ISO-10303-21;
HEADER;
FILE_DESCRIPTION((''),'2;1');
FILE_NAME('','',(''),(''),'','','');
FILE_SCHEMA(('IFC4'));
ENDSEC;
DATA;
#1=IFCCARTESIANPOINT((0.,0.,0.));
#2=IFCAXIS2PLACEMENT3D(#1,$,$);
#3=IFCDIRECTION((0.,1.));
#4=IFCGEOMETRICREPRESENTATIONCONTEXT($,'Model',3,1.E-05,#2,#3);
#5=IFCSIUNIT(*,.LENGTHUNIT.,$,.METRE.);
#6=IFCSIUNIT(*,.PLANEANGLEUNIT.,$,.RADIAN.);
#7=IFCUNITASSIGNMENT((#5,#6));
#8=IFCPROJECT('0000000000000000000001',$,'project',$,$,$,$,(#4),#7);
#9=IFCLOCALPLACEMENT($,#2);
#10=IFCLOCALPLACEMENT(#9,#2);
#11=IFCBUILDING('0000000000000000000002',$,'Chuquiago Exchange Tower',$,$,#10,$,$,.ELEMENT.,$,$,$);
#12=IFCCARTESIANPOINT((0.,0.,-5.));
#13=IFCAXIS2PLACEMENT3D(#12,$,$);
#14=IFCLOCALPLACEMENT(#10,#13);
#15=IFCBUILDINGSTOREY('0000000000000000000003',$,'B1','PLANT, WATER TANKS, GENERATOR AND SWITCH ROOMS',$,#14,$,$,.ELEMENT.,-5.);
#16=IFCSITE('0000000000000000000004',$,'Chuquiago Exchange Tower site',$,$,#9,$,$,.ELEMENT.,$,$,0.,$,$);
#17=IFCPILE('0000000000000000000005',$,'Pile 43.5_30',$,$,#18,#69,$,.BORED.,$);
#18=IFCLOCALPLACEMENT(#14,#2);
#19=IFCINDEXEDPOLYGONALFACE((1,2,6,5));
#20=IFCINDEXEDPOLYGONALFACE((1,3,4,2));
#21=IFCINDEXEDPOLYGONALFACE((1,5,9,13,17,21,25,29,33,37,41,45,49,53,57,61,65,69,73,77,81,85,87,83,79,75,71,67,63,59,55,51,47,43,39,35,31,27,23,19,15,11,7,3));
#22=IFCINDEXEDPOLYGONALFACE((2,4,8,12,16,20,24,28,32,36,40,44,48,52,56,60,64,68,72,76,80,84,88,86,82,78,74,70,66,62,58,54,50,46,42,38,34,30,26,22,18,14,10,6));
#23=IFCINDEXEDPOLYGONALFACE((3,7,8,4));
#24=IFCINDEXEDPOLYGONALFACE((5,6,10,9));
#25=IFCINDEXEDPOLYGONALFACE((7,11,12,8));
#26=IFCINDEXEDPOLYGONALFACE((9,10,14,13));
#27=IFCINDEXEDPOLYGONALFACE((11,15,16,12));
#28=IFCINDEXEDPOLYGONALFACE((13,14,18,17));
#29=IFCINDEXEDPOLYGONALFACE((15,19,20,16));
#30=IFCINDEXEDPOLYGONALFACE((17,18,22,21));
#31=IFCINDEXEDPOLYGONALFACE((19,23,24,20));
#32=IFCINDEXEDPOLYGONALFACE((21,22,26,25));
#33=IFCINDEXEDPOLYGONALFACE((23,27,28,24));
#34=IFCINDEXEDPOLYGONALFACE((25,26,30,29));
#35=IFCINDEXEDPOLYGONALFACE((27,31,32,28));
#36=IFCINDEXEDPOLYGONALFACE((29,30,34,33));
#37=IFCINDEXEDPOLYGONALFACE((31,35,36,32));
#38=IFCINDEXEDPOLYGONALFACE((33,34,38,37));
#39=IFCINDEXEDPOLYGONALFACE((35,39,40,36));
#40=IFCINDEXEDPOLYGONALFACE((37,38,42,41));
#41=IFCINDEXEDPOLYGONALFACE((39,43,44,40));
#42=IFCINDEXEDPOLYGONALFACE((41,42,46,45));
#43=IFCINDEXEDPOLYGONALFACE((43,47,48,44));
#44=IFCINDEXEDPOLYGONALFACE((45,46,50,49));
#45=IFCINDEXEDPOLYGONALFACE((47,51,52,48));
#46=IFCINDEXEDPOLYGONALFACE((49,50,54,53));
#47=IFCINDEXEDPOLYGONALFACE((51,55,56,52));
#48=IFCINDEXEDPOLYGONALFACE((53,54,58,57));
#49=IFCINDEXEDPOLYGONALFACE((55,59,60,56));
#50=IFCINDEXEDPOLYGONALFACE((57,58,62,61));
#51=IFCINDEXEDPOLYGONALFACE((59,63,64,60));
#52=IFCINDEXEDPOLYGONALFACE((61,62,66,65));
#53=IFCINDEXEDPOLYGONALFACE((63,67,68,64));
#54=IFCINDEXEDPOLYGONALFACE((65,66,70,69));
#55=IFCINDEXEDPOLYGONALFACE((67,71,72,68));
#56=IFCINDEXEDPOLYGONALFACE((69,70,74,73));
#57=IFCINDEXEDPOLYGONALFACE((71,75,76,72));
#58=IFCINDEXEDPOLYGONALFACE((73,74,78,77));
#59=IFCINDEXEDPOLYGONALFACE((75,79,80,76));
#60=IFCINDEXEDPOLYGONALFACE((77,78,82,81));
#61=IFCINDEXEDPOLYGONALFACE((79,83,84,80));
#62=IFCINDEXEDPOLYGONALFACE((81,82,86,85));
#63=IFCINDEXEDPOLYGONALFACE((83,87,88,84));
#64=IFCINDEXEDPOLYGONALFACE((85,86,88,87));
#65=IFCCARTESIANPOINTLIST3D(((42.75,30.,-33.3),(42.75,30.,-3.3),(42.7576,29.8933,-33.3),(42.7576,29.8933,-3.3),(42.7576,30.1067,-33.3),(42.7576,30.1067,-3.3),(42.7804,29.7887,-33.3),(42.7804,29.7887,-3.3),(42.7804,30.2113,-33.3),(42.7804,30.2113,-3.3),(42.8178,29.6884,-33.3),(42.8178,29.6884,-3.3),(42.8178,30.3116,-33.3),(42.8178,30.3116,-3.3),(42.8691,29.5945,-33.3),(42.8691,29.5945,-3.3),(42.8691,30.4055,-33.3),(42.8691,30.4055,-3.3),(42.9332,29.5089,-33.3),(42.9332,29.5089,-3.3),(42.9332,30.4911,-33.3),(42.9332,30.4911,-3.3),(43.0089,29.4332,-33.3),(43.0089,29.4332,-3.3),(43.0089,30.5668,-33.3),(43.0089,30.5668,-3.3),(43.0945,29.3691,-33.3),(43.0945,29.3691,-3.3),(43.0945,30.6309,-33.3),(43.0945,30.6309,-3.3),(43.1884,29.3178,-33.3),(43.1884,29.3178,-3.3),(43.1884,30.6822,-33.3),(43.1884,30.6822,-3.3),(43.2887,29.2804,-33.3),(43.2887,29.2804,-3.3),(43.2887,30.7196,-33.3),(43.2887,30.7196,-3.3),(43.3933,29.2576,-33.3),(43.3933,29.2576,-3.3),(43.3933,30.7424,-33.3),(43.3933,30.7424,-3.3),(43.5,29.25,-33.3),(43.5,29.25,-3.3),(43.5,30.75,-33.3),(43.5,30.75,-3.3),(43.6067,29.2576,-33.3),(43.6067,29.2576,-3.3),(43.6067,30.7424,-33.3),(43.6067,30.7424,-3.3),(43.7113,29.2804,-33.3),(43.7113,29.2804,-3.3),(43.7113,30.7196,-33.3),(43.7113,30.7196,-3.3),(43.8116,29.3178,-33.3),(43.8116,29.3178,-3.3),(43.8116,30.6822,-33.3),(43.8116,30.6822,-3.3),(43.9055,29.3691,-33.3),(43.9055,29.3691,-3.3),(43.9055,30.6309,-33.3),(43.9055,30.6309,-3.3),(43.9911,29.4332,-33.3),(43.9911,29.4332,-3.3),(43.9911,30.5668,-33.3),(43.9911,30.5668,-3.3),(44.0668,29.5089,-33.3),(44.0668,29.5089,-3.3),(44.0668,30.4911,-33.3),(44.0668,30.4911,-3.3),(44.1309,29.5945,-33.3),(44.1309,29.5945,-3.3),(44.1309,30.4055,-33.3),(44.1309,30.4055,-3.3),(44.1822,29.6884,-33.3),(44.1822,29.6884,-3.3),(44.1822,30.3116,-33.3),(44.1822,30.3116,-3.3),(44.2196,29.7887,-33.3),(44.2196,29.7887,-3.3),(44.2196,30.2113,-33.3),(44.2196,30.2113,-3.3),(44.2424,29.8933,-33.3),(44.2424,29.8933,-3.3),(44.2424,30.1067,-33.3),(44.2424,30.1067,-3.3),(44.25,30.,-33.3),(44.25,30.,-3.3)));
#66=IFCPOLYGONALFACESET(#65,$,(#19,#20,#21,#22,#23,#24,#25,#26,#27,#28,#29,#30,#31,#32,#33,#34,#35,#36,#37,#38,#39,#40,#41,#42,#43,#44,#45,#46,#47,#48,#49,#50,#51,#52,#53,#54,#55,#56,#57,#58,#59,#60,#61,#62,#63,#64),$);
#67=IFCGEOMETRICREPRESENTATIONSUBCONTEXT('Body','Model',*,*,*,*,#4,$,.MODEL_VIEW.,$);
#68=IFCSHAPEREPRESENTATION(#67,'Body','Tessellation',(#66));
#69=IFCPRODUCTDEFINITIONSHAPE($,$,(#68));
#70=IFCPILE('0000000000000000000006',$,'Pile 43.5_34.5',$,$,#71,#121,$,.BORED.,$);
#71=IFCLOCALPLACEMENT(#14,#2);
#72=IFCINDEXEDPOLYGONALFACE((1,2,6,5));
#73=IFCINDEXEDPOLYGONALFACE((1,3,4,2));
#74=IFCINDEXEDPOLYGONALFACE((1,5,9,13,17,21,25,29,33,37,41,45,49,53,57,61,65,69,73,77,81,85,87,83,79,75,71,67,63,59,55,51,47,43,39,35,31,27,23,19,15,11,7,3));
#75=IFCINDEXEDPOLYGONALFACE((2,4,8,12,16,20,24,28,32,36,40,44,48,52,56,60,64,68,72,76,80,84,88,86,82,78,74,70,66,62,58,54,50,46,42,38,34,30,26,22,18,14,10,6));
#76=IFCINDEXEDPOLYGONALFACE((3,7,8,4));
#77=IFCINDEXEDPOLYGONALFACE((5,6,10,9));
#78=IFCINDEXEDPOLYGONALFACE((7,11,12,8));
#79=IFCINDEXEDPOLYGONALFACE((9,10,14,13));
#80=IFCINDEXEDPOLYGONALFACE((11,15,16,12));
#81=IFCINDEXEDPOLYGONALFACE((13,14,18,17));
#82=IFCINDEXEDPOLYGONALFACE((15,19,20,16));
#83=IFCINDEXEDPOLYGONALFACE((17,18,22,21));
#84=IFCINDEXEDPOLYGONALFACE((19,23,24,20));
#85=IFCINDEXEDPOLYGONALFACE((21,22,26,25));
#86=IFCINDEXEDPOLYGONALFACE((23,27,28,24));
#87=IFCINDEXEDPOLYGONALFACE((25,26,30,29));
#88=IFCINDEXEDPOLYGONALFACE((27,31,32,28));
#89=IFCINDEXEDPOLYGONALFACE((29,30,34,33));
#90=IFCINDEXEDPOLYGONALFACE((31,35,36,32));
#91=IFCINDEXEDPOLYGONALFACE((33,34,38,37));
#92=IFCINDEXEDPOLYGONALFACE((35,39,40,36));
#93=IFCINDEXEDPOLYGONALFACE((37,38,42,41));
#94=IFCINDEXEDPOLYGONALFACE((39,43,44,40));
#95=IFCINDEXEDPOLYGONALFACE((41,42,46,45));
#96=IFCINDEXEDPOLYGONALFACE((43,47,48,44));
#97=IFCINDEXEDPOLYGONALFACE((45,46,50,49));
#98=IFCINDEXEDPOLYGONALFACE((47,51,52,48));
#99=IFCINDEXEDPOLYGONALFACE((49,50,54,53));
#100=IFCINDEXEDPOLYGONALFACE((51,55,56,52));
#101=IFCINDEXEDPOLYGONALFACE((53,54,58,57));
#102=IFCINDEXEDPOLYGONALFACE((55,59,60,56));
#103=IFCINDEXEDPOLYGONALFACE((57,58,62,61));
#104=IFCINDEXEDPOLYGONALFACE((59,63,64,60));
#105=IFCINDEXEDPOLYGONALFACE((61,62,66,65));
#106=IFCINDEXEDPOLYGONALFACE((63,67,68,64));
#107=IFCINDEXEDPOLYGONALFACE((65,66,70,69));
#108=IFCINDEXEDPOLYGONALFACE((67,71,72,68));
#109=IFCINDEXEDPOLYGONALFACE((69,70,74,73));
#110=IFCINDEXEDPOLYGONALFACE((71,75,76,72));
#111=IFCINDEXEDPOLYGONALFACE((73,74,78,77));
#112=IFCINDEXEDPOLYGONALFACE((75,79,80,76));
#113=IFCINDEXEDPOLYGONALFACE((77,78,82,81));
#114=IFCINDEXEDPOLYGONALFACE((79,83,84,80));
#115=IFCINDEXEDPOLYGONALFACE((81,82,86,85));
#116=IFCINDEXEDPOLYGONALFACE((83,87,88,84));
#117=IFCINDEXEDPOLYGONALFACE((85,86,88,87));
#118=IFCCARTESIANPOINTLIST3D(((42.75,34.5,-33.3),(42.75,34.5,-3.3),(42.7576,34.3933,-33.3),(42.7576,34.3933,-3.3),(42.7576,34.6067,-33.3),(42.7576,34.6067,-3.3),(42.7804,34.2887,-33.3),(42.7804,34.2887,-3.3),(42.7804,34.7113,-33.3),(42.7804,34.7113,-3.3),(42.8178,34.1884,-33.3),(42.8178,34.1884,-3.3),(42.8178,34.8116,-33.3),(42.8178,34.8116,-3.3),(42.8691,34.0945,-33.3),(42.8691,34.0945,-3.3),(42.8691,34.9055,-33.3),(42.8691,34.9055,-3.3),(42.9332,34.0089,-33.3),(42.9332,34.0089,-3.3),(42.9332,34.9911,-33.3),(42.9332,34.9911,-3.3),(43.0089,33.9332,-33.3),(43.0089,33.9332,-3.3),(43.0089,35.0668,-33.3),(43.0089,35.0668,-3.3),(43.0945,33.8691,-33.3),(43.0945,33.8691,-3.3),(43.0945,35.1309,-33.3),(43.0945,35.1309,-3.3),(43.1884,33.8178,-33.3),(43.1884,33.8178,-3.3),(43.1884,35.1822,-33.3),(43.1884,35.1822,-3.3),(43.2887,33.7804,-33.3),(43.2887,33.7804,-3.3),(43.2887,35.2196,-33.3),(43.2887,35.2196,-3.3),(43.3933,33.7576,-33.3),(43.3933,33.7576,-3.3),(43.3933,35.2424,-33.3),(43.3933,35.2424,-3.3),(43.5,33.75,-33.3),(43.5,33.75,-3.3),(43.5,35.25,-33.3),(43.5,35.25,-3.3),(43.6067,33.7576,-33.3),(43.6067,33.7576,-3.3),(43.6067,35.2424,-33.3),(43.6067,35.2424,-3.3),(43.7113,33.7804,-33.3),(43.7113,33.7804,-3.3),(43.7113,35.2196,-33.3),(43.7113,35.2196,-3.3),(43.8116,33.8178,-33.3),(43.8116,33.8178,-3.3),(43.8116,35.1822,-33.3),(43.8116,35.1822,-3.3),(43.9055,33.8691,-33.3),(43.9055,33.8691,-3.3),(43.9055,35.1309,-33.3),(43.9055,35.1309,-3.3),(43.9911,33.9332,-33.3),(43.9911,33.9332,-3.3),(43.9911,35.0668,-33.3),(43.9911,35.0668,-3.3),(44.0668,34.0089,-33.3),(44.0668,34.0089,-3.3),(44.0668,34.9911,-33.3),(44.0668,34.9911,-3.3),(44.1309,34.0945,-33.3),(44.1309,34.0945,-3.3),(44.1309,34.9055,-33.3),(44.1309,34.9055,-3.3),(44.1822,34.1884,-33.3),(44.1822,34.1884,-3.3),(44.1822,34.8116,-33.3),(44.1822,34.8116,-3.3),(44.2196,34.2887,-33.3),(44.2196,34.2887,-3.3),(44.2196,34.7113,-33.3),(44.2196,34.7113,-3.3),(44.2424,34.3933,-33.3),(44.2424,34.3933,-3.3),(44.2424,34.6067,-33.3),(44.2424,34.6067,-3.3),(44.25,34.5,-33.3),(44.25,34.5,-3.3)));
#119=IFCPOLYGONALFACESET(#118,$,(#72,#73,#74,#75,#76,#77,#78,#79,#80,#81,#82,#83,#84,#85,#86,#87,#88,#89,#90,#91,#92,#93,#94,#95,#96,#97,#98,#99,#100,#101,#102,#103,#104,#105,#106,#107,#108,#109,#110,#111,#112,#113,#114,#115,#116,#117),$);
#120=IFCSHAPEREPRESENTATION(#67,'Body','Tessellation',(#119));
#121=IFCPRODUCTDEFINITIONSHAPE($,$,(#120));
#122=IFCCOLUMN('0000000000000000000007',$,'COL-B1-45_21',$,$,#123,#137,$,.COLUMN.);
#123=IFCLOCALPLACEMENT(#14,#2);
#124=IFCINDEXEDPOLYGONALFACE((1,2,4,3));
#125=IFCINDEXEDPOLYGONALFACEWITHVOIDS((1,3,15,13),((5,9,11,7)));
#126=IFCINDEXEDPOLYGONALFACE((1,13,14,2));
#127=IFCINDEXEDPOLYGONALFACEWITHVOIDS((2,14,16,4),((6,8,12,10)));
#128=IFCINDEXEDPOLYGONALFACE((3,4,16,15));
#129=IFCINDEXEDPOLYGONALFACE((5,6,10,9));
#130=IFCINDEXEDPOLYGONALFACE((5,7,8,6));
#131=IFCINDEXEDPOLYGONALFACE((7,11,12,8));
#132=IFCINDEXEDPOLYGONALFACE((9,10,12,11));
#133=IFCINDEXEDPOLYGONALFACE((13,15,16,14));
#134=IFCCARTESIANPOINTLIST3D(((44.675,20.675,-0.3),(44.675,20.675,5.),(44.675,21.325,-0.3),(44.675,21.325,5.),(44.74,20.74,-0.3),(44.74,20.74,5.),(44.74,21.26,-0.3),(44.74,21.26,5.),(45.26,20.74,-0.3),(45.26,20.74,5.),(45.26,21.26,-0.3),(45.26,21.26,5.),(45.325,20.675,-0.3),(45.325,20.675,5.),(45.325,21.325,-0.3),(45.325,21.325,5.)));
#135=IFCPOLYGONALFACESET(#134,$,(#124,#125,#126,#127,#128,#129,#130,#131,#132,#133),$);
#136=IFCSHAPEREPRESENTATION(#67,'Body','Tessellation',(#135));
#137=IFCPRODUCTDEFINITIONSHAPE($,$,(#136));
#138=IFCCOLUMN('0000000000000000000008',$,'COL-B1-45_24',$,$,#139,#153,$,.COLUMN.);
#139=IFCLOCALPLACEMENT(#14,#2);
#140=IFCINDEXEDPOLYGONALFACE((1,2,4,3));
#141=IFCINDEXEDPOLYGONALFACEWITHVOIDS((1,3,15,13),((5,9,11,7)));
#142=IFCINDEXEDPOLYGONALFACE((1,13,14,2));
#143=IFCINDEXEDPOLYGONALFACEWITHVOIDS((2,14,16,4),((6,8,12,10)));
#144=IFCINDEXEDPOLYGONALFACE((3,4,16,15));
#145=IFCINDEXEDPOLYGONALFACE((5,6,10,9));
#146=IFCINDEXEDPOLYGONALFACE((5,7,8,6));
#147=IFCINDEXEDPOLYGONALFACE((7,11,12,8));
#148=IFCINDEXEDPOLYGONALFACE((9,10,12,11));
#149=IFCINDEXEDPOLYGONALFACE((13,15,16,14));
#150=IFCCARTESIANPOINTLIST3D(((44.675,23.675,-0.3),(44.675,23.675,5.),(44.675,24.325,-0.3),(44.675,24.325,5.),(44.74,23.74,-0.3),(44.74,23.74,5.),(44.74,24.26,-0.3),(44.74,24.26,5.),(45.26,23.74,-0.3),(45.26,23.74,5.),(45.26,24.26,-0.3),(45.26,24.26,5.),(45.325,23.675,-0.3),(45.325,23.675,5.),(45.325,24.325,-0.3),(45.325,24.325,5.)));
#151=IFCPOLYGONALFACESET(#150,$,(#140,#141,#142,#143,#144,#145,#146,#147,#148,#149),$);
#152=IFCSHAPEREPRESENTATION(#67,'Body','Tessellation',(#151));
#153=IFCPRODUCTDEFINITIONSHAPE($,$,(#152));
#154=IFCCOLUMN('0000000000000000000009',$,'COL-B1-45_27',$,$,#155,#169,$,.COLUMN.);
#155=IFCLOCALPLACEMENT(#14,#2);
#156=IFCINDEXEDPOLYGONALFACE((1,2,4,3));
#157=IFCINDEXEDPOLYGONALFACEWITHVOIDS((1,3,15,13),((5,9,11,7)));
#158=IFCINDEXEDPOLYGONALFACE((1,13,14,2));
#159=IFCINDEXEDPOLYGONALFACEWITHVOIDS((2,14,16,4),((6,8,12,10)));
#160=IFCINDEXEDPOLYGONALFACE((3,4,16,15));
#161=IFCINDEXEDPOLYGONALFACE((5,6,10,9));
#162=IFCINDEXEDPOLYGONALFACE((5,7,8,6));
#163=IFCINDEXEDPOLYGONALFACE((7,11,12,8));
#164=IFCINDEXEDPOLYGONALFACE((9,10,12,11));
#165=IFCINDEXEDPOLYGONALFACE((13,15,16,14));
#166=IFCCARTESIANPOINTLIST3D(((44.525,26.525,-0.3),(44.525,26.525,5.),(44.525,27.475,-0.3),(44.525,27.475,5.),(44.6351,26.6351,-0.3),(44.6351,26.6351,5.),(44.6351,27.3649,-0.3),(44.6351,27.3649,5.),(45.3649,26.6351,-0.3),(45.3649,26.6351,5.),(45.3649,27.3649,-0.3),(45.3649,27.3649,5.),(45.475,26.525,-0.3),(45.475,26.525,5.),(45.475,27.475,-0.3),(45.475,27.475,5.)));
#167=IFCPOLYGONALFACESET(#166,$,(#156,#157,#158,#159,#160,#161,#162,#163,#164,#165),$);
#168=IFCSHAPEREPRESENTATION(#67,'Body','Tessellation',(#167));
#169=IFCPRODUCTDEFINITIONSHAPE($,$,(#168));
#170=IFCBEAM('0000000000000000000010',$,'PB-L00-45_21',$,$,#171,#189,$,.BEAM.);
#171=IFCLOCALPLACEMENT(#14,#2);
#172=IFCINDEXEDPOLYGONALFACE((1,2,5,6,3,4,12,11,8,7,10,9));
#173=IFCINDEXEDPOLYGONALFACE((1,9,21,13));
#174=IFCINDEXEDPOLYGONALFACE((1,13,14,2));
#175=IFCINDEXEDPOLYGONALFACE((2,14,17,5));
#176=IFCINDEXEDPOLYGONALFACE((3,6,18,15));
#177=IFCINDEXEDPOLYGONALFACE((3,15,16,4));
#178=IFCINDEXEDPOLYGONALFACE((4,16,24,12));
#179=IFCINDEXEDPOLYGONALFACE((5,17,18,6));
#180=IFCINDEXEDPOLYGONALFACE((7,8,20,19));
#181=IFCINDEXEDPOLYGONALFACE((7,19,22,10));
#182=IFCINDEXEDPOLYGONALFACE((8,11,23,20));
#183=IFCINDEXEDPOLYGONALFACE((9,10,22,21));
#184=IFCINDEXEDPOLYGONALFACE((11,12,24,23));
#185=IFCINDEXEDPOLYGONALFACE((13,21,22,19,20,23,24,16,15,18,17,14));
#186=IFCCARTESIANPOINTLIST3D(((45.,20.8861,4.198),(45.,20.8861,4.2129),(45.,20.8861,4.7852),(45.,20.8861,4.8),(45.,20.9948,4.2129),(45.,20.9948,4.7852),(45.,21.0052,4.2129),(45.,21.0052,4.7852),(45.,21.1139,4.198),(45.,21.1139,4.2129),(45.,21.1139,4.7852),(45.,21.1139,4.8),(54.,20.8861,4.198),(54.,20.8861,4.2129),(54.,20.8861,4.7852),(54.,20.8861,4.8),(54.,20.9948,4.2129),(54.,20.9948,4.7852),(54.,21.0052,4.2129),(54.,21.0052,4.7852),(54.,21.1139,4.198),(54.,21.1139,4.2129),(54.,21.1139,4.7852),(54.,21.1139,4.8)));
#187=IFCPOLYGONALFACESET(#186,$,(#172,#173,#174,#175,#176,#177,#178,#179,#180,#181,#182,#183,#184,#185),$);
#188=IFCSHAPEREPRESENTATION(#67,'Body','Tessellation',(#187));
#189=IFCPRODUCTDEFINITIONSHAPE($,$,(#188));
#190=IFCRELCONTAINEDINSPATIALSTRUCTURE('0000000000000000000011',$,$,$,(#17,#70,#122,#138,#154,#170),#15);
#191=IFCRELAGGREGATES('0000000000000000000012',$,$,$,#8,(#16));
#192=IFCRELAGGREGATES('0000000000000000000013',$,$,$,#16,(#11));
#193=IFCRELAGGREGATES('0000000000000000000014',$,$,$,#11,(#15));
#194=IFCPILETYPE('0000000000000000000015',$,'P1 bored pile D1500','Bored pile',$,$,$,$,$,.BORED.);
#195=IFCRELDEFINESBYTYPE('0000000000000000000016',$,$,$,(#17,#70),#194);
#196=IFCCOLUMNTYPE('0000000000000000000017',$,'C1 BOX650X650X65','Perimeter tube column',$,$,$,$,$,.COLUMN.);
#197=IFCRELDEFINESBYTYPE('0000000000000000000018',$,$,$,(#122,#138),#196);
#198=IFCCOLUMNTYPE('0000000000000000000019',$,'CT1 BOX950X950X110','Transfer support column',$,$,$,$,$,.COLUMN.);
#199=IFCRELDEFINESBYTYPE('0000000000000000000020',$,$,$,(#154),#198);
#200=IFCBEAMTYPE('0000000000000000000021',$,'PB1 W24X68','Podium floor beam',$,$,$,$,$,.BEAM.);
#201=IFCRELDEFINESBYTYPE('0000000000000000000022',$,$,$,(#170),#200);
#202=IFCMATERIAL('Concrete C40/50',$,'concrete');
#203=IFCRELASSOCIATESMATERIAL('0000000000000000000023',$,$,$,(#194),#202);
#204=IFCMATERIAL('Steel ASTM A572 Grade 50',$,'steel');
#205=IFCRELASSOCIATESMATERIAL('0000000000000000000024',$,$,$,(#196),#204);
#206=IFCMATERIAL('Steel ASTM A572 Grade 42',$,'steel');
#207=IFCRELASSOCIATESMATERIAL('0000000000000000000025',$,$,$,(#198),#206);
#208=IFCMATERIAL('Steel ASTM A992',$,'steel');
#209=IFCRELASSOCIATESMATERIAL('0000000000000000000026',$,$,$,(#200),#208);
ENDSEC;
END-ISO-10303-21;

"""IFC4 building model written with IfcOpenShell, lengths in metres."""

from ifc_helpers import new_model, si_unit, direction, frame, origin, origin_2d, place, context, subcontext, project, spatial, hollow_rectangle, circle, i_section, extrude, material, material_profile, profile_set, type_object, element, save


model = new_model("IFC4")

# Units and contexts
model_context = context("Model", 3, precision=1e-05, world=origin(), true_north=direction((0.0, 1.0)))
body_context = subcontext(model_context, "Body", "Model", "MODEL_VIEW")
ifc_project = project(units=[si_unit("LENGTHUNIT", "METRE"), si_unit("PLANEANGLEUNIT", "RADIAN")], contexts=[model_context])

# Site, building, storey
site_placement = place(None, origin())
site = spatial("IfcSite", under=ifc_project, at=site_placement, Name="Chuquiago Exchange Tower site", CompositionType="ELEMENT", RefElevation=0.0)
building_placement = place(site_placement, origin())
building = spatial("IfcBuilding", under=site, at=building_placement, Name="Chuquiago Exchange Tower", CompositionType="ELEMENT")
storey_placement = place(building_placement, frame((0.0, 0.0, -5.0)))
storey = spatial("IfcBuildingStorey", under=building, at=storey_placement, Name="B1", Description="PLANT, WATER TANKS, GENERATOR AND SWITCH ROOMS", CompositionType="ELEMENT", Elevation=-5.0)

# Piles
ifc_material_1 = material(Name="Concrete C40/50", Category="concrete")
ifc_material_profile_1 = material_profile(ifc_material_1, circle(Radius=0.75, at=origin_2d()), Name="D1500")
ifc_profile_set_1 = profile_set([ifc_material_profile_1], Name="Concrete C40/50")
pile_type = type_object("IfcPileType", Name="P1 bored pile D1500", Description="Bored pile", PredefinedType="BORED", material=ifc_profile_set_1)
for number, where, z_axis, x_axis, name in (
    (1, (43.5, 30.0, -3.3), (0.0, 0.0, -1.0), (1.0, 0.0, 0.0), "Pile 43.5_30"),
    (2, (43.5, 34.5, -3.3), (0.0, 0.0, -1.0), (1.0, 0.0, 0.0), "Pile 43.5_34.5"),
):
    element("IfcPile", number, at=place(storey_placement, frame(where, z_axis=z_axis, x_axis=x_axis)), inside=storey, type_object=pile_type, Name=name, PredefinedType="BORED", context=body_context, shape_type="SweptSolid", body=[
        extrude(circle(Radius=0.75, at=origin_2d()), origin(), (0.0, 0.0, 1.0), 30.0),
    ])

# Columns
ifc_material_2 = material(Name="Steel ASTM A572 Grade 50", Category="steel")
ifc_material_profile_2 = material_profile(ifc_material_2, hollow_rectangle(XDim=0.6499, YDim=0.6499, WallThickness=0.0649, at=origin_2d()), Name="BOX650X650X65")
ifc_profile_set_2 = profile_set([ifc_material_profile_2], Name="Steel ASTM A572 Grade 50")
column_type_1 = type_object("IfcColumnType", Name="C1 BOX650X650X65", Description="Perimeter tube column", PredefinedType="COLUMN", material=ifc_profile_set_2)
for number, where, z_axis, x_axis, name in (
    (3, (45.0, 21.0, -0.3), (0.0, 0.0, 1.0), (1.0, 0.0, 0.0), "COL-B1-45_21"),
    (4, (45.0, 24.0, -0.3), (0.0, 0.0, 1.0), (1.0, 0.0, 0.0), "COL-B1-45_24"),
):
    element("IfcColumn", number, at=place(storey_placement, frame(where, z_axis=z_axis, x_axis=x_axis)), inside=storey, type_object=column_type_1, Name=name, PredefinedType="COLUMN", context=body_context, shape_type="SweptSolid", body=[
        extrude(hollow_rectangle(XDim=0.6499, YDim=0.6499, WallThickness=0.0649, at=origin_2d()), origin(), (0.0, 0.0, 1.0), 5.3),
    ])
ifc_material_3 = material(Name="Steel ASTM A572 Grade 42", Category="steel")
ifc_material_profile_3 = material_profile(ifc_material_3, hollow_rectangle(XDim=0.95, YDim=0.95, WallThickness=0.1101, at=origin_2d()), Name="BOX950X950X110")
ifc_profile_set_3 = profile_set([ifc_material_profile_3], Name="Steel ASTM A572 Grade 42")
column_type_2 = type_object("IfcColumnType", Name="CT1 BOX950X950X110", Description="Transfer support column", PredefinedType="COLUMN", material=ifc_profile_set_3)
column_placement = place(storey_placement, frame((45.0, 27.0, -0.3), z_axis=(0.0, 0.0, 1.0), x_axis=(1.0, 0.0, 0.0)))
element("IfcColumn", 5, at=column_placement, inside=storey, type_object=column_type_2, Name="COL-B1-45_27", PredefinedType="COLUMN", context=body_context, shape_type="SweptSolid", body=[
    extrude(hollow_rectangle(XDim=0.95, YDim=0.95, WallThickness=0.1101, at=origin_2d()), origin(), (0.0, 0.0, 1.0), 5.3),
])

# Beam
ifc_material_4 = material(Name="Steel ASTM A992", Category="steel")
ifc_material_profile_4 = material_profile(ifc_material_4, i_section(OverallWidth=0.2278, OverallDepth=0.6021, WebThickness=0.0105, FlangeThickness=0.0149, at=origin_2d()), Name="W24X68")
ifc_profile_set_4 = profile_set([ifc_material_profile_4], Name="Steel ASTM A992")
beam_type_1 = type_object("IfcBeamType", Name="PB1 W24X68", Description="Podium floor beam", PredefinedType="BEAM", material=ifc_profile_set_4)
for number, where, z_axis, x_axis, name in (
    (6, (45.0, 21.0, 4.499), (1.0, 0.0, 0.0), (0.0, 1.0, 0.0), "PB-L00-45_21"),
):
    element("IfcBeam", number, at=place(storey_placement, frame(where, z_axis=z_axis, x_axis=x_axis)), inside=storey, type_object=beam_type_1, Name=name, PredefinedType="BEAM", context=body_context, shape_type="SweptSolid", body=[
        extrude(i_section(OverallWidth=0.2278, OverallDepth=0.6021, WebThickness=0.0105, FlangeThickness=0.0149, at=origin_2d()), origin(), (0.0, 0.0, 1.0), 9.0),
    ])

save(model, "model.ifc")
